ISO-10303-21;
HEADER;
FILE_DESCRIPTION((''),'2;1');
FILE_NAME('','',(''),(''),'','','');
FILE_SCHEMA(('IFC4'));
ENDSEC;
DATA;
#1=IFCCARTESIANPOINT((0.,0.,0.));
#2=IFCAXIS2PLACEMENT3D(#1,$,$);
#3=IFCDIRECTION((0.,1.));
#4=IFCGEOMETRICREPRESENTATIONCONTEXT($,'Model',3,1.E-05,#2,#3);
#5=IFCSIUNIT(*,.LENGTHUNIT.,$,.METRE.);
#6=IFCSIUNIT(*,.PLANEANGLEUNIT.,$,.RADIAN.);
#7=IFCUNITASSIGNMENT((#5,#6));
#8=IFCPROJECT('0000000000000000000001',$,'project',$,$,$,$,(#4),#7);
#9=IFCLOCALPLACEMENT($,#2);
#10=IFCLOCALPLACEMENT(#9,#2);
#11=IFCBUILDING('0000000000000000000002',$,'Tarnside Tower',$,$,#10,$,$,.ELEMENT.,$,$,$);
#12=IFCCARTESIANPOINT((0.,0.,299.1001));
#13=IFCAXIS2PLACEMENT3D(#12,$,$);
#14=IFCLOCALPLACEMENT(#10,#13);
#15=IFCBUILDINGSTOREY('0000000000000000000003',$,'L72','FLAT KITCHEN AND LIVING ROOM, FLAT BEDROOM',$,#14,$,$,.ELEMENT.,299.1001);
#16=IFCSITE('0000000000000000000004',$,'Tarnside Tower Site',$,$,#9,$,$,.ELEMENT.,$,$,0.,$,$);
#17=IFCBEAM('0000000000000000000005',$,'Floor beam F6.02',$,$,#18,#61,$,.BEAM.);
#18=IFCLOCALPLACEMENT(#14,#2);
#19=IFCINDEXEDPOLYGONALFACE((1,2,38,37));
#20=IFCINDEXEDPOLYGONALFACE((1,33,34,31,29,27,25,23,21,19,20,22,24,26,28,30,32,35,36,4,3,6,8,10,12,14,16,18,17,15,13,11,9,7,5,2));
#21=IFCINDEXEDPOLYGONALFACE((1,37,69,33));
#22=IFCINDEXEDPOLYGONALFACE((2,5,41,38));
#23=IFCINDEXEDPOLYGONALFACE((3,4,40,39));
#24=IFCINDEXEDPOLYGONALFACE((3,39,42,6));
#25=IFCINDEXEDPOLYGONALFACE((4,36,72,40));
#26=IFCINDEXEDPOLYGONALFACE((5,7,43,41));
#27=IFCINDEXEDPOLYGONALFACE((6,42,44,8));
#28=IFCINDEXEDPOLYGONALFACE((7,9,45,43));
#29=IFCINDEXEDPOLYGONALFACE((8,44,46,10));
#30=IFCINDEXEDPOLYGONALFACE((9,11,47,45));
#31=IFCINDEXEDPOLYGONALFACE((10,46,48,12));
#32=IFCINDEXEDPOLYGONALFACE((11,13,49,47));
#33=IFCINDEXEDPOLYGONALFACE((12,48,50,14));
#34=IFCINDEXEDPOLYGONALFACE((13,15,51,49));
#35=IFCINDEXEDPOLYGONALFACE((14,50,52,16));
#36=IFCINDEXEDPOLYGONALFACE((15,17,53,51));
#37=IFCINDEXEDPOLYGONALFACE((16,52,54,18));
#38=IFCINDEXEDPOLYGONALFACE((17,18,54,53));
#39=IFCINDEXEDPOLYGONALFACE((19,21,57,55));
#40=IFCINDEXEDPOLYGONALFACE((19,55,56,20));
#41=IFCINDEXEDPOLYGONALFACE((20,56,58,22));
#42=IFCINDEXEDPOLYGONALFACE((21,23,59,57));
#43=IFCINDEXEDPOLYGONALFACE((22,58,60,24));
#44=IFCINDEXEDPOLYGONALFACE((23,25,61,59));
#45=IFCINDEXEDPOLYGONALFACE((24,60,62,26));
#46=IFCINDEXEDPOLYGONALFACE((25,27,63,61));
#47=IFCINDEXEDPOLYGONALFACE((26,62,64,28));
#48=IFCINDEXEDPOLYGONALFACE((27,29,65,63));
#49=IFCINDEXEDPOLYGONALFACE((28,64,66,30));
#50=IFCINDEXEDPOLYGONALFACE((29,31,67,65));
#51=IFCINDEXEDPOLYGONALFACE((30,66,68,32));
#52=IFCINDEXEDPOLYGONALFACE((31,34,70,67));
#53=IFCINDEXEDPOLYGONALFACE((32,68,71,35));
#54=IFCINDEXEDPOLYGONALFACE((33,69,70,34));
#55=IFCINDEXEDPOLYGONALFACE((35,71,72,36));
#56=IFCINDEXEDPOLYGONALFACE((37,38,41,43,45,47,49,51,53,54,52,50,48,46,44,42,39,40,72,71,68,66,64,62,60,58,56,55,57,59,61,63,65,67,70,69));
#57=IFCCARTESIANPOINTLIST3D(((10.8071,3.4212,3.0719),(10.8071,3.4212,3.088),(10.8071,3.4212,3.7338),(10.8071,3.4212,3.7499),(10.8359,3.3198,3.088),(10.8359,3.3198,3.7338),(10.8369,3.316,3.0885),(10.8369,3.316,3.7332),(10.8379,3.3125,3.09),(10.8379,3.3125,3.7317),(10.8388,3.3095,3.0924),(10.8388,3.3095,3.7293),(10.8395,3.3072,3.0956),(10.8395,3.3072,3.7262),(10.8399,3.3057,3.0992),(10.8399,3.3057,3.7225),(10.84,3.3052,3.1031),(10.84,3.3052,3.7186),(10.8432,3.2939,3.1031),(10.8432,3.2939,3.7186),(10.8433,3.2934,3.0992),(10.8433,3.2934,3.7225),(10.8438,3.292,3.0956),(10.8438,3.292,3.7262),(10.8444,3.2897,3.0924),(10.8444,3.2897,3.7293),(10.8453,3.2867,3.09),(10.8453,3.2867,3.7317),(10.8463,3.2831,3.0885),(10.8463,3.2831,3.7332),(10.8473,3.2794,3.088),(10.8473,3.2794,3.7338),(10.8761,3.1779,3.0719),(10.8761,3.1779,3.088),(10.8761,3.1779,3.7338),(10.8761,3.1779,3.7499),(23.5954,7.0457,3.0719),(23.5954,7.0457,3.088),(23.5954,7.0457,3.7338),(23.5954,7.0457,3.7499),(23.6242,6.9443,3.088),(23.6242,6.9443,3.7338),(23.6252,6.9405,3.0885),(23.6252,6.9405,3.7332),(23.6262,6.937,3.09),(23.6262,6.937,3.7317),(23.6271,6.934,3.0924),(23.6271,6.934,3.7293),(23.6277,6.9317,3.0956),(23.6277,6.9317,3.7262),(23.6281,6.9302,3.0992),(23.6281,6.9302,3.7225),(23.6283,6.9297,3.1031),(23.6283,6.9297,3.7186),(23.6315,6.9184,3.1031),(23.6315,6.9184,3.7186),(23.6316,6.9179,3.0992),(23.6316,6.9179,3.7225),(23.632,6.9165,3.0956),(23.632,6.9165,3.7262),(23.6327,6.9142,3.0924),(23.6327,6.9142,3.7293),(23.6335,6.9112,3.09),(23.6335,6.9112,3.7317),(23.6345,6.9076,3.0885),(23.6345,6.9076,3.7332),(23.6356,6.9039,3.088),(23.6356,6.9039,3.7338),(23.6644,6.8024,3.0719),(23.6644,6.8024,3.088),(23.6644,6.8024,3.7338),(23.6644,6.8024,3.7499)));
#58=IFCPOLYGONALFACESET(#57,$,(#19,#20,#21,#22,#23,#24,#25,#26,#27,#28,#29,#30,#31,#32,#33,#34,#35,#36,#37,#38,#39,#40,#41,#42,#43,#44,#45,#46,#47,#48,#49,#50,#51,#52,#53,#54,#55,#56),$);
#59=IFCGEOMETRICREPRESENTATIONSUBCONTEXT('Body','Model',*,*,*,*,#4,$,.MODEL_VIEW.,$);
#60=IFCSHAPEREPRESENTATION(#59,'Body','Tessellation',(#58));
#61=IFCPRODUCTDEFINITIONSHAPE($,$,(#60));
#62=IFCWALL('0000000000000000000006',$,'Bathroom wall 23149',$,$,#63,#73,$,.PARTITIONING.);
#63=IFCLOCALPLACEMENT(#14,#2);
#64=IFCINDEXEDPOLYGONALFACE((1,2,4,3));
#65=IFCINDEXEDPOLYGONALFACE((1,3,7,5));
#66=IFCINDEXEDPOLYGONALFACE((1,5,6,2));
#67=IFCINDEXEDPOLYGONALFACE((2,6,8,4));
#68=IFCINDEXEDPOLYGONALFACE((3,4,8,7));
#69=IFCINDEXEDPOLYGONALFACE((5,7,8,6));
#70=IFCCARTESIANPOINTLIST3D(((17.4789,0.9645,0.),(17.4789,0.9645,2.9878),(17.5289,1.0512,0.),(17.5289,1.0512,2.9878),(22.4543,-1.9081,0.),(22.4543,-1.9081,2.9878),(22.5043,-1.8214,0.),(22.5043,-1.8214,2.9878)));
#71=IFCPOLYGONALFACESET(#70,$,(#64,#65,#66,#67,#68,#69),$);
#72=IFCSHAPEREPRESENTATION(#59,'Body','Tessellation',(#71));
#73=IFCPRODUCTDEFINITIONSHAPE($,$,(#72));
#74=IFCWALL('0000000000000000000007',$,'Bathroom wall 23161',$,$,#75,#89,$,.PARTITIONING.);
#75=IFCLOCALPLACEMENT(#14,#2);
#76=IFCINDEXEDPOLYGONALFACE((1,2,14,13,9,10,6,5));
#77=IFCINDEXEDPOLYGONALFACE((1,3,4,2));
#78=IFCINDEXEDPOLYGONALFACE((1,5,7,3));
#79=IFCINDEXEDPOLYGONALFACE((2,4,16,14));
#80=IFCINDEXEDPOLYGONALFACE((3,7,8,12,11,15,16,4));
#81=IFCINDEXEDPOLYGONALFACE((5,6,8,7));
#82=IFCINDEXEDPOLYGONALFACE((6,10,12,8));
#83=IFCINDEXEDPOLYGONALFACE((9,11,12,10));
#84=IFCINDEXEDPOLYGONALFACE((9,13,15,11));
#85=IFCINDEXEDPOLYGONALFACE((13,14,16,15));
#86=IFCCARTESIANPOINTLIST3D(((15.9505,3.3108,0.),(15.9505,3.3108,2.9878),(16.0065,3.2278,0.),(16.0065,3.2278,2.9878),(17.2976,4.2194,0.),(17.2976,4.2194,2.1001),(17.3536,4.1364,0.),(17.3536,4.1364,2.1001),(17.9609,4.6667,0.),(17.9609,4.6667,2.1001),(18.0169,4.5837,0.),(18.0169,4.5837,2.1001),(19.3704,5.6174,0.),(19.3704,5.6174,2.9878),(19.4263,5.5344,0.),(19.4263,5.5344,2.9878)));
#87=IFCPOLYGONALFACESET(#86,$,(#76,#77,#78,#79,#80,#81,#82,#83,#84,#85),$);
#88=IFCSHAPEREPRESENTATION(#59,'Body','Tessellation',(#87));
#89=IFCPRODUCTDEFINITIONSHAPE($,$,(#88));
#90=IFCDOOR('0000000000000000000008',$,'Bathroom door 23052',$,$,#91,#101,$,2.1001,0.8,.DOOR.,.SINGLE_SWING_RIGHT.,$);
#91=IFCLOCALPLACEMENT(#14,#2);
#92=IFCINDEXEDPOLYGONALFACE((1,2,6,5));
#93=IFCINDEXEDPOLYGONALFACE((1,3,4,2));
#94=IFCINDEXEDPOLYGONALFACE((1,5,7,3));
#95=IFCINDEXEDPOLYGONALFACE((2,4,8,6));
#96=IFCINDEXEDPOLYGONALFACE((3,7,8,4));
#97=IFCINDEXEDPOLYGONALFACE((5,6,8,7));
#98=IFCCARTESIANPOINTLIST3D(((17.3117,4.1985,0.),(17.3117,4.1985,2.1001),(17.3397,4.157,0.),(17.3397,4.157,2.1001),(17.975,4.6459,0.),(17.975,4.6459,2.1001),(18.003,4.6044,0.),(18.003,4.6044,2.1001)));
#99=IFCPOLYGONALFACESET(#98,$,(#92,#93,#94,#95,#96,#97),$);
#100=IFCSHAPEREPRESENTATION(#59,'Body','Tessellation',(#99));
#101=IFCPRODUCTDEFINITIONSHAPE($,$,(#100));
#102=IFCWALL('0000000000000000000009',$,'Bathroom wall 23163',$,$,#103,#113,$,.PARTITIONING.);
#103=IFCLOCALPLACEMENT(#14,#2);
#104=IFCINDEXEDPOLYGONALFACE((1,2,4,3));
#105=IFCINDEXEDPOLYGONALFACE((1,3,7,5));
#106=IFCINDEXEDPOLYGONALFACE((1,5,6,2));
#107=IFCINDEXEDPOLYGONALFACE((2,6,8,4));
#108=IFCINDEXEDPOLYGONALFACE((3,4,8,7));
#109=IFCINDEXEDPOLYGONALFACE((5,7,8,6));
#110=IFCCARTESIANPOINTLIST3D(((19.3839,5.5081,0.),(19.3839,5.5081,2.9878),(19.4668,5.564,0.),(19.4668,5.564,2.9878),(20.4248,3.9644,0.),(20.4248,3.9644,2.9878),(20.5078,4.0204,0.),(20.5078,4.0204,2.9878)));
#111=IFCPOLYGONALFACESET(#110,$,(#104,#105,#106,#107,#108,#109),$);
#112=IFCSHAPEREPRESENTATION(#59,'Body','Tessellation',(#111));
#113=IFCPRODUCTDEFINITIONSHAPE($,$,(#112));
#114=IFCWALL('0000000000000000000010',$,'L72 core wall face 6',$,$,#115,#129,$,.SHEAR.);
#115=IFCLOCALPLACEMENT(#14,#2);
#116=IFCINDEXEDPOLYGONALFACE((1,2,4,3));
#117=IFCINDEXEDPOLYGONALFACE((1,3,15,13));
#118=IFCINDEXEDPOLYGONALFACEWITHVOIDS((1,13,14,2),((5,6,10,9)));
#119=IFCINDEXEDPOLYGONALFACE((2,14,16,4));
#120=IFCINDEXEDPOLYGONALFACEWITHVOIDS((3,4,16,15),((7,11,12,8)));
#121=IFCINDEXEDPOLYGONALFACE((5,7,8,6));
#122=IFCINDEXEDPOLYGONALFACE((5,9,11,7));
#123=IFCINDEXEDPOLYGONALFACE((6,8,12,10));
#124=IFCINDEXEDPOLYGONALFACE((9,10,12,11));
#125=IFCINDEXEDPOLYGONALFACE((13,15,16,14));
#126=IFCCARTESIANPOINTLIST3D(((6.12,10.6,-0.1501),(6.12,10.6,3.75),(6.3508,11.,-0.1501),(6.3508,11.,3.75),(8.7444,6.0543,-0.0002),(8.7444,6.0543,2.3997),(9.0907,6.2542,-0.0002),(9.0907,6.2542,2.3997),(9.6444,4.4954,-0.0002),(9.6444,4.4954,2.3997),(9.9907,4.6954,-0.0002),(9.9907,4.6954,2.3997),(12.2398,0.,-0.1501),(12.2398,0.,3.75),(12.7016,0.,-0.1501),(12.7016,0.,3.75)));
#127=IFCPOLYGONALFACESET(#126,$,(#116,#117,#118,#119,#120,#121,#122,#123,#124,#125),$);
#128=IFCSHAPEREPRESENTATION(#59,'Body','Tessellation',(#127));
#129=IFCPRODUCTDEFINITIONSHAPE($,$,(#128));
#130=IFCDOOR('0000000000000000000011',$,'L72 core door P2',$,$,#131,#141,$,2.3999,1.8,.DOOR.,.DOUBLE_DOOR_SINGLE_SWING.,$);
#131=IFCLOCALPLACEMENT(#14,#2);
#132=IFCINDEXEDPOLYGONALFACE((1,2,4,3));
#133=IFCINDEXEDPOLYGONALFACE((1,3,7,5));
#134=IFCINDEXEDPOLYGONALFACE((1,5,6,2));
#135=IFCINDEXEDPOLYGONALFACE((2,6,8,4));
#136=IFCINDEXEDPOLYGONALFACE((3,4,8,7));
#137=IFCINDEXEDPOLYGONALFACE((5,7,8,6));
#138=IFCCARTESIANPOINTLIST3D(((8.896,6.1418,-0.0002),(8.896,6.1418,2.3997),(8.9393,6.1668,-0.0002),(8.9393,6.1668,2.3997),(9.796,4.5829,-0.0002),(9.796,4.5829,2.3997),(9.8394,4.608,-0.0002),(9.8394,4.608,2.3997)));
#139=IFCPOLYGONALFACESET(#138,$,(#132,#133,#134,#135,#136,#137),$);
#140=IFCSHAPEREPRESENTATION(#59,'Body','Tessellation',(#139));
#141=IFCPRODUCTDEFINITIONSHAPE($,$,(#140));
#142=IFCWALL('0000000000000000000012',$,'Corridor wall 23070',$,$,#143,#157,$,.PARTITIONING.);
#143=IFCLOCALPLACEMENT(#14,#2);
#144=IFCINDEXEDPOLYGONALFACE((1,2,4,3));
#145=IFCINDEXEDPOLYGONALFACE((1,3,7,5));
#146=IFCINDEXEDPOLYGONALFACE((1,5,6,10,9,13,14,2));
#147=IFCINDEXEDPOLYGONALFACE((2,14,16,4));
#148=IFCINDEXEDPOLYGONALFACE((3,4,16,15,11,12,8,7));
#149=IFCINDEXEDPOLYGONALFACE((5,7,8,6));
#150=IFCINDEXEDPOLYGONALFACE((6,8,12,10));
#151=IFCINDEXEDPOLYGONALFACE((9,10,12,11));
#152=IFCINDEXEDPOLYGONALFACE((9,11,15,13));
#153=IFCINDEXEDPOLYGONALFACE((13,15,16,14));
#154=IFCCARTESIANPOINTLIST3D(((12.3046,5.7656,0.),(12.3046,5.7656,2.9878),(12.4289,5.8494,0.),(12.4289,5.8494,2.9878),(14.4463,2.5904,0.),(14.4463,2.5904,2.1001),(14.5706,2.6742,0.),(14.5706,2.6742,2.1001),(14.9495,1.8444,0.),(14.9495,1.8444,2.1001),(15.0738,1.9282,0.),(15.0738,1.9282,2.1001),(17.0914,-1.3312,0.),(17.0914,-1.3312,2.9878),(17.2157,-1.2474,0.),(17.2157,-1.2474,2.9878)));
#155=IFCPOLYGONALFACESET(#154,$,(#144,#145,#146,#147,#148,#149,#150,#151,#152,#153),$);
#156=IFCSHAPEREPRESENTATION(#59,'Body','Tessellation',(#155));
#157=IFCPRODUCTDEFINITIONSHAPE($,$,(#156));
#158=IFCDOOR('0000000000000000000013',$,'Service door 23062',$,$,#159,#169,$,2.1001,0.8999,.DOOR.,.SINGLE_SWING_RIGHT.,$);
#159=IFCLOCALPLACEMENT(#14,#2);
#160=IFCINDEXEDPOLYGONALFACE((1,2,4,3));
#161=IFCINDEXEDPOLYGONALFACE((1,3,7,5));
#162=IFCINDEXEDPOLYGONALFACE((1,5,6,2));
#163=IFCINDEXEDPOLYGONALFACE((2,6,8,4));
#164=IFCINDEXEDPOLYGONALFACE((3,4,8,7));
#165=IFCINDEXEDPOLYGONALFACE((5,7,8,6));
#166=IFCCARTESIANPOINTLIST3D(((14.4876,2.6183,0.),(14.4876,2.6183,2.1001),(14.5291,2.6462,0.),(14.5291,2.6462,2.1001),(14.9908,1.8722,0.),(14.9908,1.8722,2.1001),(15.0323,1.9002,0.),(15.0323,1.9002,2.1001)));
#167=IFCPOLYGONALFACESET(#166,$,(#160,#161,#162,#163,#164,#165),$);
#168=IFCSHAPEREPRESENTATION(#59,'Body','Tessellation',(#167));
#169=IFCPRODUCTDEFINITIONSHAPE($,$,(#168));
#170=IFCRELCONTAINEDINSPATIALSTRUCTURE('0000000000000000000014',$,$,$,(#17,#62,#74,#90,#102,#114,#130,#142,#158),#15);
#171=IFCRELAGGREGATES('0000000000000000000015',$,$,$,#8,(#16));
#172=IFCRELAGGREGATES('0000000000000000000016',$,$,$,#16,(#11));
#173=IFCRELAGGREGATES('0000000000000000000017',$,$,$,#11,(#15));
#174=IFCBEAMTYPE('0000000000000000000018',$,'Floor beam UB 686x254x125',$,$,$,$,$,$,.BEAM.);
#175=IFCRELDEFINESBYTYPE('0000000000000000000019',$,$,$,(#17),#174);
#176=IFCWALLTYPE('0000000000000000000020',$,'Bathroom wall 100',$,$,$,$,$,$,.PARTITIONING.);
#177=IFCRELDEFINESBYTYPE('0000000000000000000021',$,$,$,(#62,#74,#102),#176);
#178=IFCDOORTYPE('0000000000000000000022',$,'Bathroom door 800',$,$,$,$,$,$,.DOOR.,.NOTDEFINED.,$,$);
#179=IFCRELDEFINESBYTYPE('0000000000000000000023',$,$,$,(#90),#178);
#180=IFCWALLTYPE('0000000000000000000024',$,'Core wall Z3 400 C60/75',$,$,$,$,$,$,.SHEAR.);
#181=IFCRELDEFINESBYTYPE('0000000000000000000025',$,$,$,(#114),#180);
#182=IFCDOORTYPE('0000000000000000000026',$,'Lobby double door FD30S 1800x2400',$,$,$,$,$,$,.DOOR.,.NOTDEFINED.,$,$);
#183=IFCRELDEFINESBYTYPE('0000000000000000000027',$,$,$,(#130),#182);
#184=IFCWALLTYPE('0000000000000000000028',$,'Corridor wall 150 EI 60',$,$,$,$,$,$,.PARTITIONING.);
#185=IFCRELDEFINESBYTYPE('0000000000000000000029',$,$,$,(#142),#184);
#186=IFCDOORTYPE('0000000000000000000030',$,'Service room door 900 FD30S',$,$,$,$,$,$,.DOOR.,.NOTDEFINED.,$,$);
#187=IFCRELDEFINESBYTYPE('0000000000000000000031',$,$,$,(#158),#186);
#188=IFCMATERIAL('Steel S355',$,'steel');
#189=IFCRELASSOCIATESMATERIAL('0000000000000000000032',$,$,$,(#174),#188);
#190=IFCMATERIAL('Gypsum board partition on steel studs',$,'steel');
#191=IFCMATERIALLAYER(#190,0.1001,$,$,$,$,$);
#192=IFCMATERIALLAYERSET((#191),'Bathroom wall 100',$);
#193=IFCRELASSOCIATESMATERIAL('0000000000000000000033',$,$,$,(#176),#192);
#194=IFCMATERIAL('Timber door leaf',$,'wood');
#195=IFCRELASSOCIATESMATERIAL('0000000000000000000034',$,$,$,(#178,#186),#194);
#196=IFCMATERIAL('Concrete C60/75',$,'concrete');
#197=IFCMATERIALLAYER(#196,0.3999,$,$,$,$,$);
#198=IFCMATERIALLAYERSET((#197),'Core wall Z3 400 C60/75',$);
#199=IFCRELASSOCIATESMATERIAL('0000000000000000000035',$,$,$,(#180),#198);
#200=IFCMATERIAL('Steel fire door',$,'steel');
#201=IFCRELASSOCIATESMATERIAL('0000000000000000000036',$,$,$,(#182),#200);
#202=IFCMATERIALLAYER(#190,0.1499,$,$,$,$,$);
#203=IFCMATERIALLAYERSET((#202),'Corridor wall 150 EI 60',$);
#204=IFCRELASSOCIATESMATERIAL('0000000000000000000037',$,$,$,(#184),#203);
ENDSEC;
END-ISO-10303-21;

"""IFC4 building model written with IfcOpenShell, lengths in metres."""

from ifc_helpers import new_model, si_unit, direction, frame, frame_2d, origin, origin_2d, place, context, subcontext, project, spatial, polyline, rectangle, i_section, outline, extrude, material, layer, layer_set, material_profile, profile_set, type_object, element, fill, save


model = new_model("IFC4")

# Units and contexts
model_context = context("Model", 3, precision=1e-05, world=origin(), true_north=direction((0.0, 1.0)))
body_context = subcontext(model_context, "Body", "Model", "MODEL_VIEW")
ifc_project = project(units=[si_unit("LENGTHUNIT", "METRE"), si_unit("PLANEANGLEUNIT", "RADIAN")], contexts=[model_context])

# Site, building, storey
site_placement = place(None, origin())
site = spatial("IfcSite", under=ifc_project, at=site_placement, Name="Tarnside Tower Site", CompositionType="ELEMENT", RefElevation=0.0)
building_placement = place(site_placement, origin())
building = spatial("IfcBuilding", under=site, at=building_placement, Name="Tarnside Tower", CompositionType="ELEMENT")
storey_placement = place(building_placement, frame((0.0, 0.0, 299.1001)))
storey = spatial("IfcBuildingStorey", under=building, at=storey_placement, Name="L72", Description="FLAT KITCHEN AND LIVING ROOM, FLAT BEDROOM", CompositionType="ELEMENT", Elevation=299.1001)

# Beam
ifc_material_1 = material(Name="Steel S355", Category="steel")
ifc_material_profile = material_profile(ifc_material_1, i_section(OverallWidth=0.2529, OverallDepth=0.678, WebThickness=0.0117, FlangeThickness=0.0161, FilletRadius=0.0151, at=origin_2d()), Name="UB 686x254x125")
ifc_profile_set = profile_set([ifc_material_profile], Name="Steel S355")
beam_type = type_object("IfcBeamType", Name="Floor beam UB 686x254x125", PredefinedType="BEAM", material=ifc_profile_set)
beam_placement = place(storey_placement, frame((23.6299, 6.9241, 3.4109), z_axis=(-0.962104, -0.272683, 0.0), x_axis=(0.272683, -0.962104, 0.0)))
element("IfcBeam", 1, at=beam_placement, inside=storey, type_object=beam_type, Name="Floor beam F6.02", PredefinedType="BEAM", context=body_context, shape_type="SweptSolid", body=[
    extrude(i_section(OverallWidth=0.2529, OverallDepth=0.678, WebThickness=0.0117, FlangeThickness=0.0161, FilletRadius=0.0151, at=origin_2d()), origin(), (0.0, 0.0, 1.0), 13.292),
])

# Wall
ifc_material_2 = material(Name="Gypsum board partition on steel studs", Category="steel")
ifc_layer_1 = layer(ifc_material_2, 0.1001)
ifc_layer_set_1 = layer_set([ifc_layer_1], Name="Bathroom wall 100")
wall_type_1 = type_object("IfcWallType", Name="Bathroom wall 100", PredefinedType="PARTITIONING", material=ifc_layer_set_1)
wall_1_placement = place(storey_placement, frame((17.5039, 1.0078, 0.0), z_axis=(0.0, 0.0, 1.0), x_axis=(0.866022, -0.500006, 0.0)))
element("IfcWall", 2, at=wall_1_placement, inside=storey, type_object=wall_type_1, Name="Bathroom wall 23149", PredefinedType="PARTITIONING", context=body_context, shape_type="SweptSolid", body=[
    extrude(rectangle(XDim=5.7451, YDim=0.1001, at=frame_2d((2.8726, 0.0))), origin(), (0.0, 0.0, 1.0), 2.9878),
])

# Wall, opening, door
wall_2_placement = place(storey_placement, frame((15.9785, 3.2693, 0.0), z_axis=(0.0, 0.0, 1.0), x_axis=(0.829052, 0.559172, 0.0)))
wall_2 = element("IfcWall", 3, at=wall_2_placement, inside=storey, type_object=wall_type_1, Name="Bathroom wall 23161", PredefinedType="PARTITIONING", context=body_context, shape_type="SweptSolid", body=[
    extrude(rectangle(XDim=4.125, YDim=0.1001, at=frame_2d((2.0625, 0.0))), origin(), (0.0, 0.0, 1.0), 2.9878),
])
opening_1_placement = place(wall_2_placement, frame((1.625, 0.0, 0.0)))
opening_1 = element("IfcOpeningElement", 4, at=opening_1_placement, cuts=wall_2, PredefinedType="OPENING", context=body_context, shape_type="SweptSolid", body=[
    extrude(rectangle(XDim=0.8, YDim=2.1001, at=frame_2d((0.3999, 1.05))), frame((0.0, 0.0601, 0.0), z_axis=(0.0, -1.0, 0.0), x_axis=(1.0, 0.0, 0.0)), (0.0, 0.0, 1.0), 0.1201),
])
ifc_material_3 = material(Name="Timber door leaf", Category="wood")
door_type_1 = type_object("IfcDoorType", Name="Bathroom door 800", OperationType="NOTDEFINED", PredefinedType="DOOR", material=ifc_material_3)
door_1_placement = place(opening_1_placement, origin())
door_1 = element("IfcDoor", 5, at=door_1_placement, inside=storey, type_object=door_type_1, Name="Bathroom door 23052", OperationType="SINGLE_SWING_RIGHT", OverallHeight=2.1001, OverallWidth=0.8, PredefinedType="DOOR", context=body_context, shape_type="SweptSolid", body=[
    extrude(rectangle(XDim=0.8, YDim=2.1001, at=frame_2d((0.3999, 1.05))), frame((0.0, 0.0249, 0.0), z_axis=(0.0, -1.0, 0.0), x_axis=(1.0, 0.0, 0.0)), (0.0, 0.0, 1.0), 0.05),
])
fill(opening_1, door_1)

# Wall
wall_3_placement = place(storey_placement, frame((20.4663, 3.9924, 0.0), z_axis=(0.0, 0.0, 1.0), x_axis=(-0.55911, 0.829093, 0.0)))
element("IfcWall", 6, at=wall_3_placement, inside=storey, type_object=wall_type_1, Name="Bathroom wall 23163", PredefinedType="PARTITIONING", context=body_context, shape_type="SweptSolid", body=[
    extrude(rectangle(XDim=1.8618, YDim=0.1001, at=frame_2d((0.9309, 0.0))), origin(), (0.0, 0.0, 1.0), 2.9878),
])

# Walls, openings, doors
ifc_material_4 = material(Name="Concrete C60/75", Category="concrete")
ifc_layer_2 = layer(ifc_material_4, 0.3999)
ifc_layer_set_2 = layer_set([ifc_layer_2], Name="Core wall Z3 400 C60/75")
wall_type_2 = type_object("IfcWallType", Name="Core wall Z3 400 C60/75", PredefinedType="SHEAR", material=ifc_layer_set_2)
wall_4_placement = place(storey_placement, frame((12.4707, 0.0, -0.1501), z_axis=(0.0, 0.0, 1.0), x_axis=(-0.499996, 0.866027, 0.0)))
wall_4 = element("IfcWall", 7, at=wall_4_placement, inside=storey, type_object=wall_type_2, Name="L72 core wall face 6", PredefinedType="SHEAR", context=body_context, shape_type="SweptSolid", body=[
    extrude(outline(polyline([(-0.1155, -0.2), (12.5862, -0.2), (12.3552, 0.2), (0.1155, 0.2), (-0.1155, -0.2)])), origin(), (0.0, 0.0, 1.0), 3.9001),
])
opening_2_placement = place(wall_4_placement, frame((5.3064, 0.0, 0.1499)))
opening_2 = element("IfcOpeningElement", 8, at=opening_2_placement, cuts=wall_4, PredefinedType="OPENING", context=body_context, shape_type="SweptSolid", body=[
    extrude(rectangle(XDim=1.8, YDim=2.3999, at=frame_2d((0.8999, 1.2))), frame((0.0, 0.21, 0.0), z_axis=(0.0, -1.0, 0.0), x_axis=(1.0, 0.0, 0.0)), (0.0, 0.0, 1.0), 0.4199),
])
ifc_material_5 = material(Name="Steel fire door", Category="steel")
door_type_2 = type_object("IfcDoorType", Name="Lobby double door FD30S 1800x2400", OperationType="NOTDEFINED", PredefinedType="DOOR", material=ifc_material_5)
door_2_placement = place(opening_2_placement, origin())
door_2 = element("IfcDoor", 9, at=door_2_placement, inside=storey, type_object=door_type_2, Name="L72 core door P2", OperationType="DOUBLE_DOOR_SINGLE_SWING", OverallHeight=2.3999, OverallWidth=1.8, PredefinedType="DOOR", context=body_context, shape_type="SweptSolid", body=[
    extrude(rectangle(XDim=1.8, YDim=2.3999, at=frame_2d((0.8999, 1.2))), frame((0.0, 0.0249, 0.0), z_axis=(0.0, -1.0, 0.0), x_axis=(1.0, 0.0, 0.0)), (0.0, 0.0, 1.0), 0.05),
])
fill(opening_2, door_2)
ifc_layer_3 = layer(ifc_material_2, 0.1499)
ifc_layer_set_3 = layer_set([ifc_layer_3], Name="Corridor wall 150 EI 60")
wall_type_3 = type_object("IfcWallType", Name="Corridor wall 150 EI 60", PredefinedType="PARTITIONING", material=ifc_layer_set_3)
wall_5_placement = place(storey_placement, frame((12.3667, 5.8076, 0.0), z_axis=(0.0, 0.0, 1.0), x_axis=(0.559187, -0.829041, 0.0)))
wall_5 = element("IfcWall", 10, at=wall_5_placement, inside=storey, type_object=wall_type_3, Name="Corridor wall 23070", PredefinedType="PARTITIONING", context=body_context, shape_type="SweptSolid", body=[
    extrude(rectangle(XDim=8.5603, YDim=0.1499, at=frame_2d((4.2803, 0.0))), origin(), (0.0, 0.0, 1.0), 2.9878),
])
opening_3_placement = place(wall_5_placement, frame((3.8301, 0.0, 0.0)))
opening_3 = element("IfcOpeningElement", 11, at=opening_3_placement, cuts=wall_5, PredefinedType="OPENING", context=body_context, shape_type="SweptSolid", body=[
    extrude(rectangle(XDim=0.8999, YDim=2.1001, at=frame_2d((0.45, 1.05))), frame((0.0, 0.085, 0.0), z_axis=(0.0, -1.0, 0.0), x_axis=(1.0, 0.0, 0.0)), (0.0, 0.0, 1.0), 0.1699),
])
door_type_3 = type_object("IfcDoorType", Name="Service room door 900 FD30S", OperationType="NOTDEFINED", PredefinedType="DOOR", material=ifc_material_3)
door_3_placement = place(opening_3_placement, origin())
door_3 = element("IfcDoor", 12, at=door_3_placement, inside=storey, type_object=door_type_3, Name="Service door 23062", OperationType="SINGLE_SWING_RIGHT", OverallHeight=2.1001, OverallWidth=0.8999, PredefinedType="DOOR", context=body_context, shape_type="SweptSolid", body=[
    extrude(rectangle(XDim=0.8999, YDim=2.1001, at=frame_2d((0.45, 1.05))), frame((0.0, 0.0249, 0.0), z_axis=(0.0, -1.0, 0.0), x_axis=(1.0, 0.0, 0.0)), (0.0, 0.0, 1.0), 0.05),
])
fill(opening_3, door_3)

save(model, "model.ifc")
